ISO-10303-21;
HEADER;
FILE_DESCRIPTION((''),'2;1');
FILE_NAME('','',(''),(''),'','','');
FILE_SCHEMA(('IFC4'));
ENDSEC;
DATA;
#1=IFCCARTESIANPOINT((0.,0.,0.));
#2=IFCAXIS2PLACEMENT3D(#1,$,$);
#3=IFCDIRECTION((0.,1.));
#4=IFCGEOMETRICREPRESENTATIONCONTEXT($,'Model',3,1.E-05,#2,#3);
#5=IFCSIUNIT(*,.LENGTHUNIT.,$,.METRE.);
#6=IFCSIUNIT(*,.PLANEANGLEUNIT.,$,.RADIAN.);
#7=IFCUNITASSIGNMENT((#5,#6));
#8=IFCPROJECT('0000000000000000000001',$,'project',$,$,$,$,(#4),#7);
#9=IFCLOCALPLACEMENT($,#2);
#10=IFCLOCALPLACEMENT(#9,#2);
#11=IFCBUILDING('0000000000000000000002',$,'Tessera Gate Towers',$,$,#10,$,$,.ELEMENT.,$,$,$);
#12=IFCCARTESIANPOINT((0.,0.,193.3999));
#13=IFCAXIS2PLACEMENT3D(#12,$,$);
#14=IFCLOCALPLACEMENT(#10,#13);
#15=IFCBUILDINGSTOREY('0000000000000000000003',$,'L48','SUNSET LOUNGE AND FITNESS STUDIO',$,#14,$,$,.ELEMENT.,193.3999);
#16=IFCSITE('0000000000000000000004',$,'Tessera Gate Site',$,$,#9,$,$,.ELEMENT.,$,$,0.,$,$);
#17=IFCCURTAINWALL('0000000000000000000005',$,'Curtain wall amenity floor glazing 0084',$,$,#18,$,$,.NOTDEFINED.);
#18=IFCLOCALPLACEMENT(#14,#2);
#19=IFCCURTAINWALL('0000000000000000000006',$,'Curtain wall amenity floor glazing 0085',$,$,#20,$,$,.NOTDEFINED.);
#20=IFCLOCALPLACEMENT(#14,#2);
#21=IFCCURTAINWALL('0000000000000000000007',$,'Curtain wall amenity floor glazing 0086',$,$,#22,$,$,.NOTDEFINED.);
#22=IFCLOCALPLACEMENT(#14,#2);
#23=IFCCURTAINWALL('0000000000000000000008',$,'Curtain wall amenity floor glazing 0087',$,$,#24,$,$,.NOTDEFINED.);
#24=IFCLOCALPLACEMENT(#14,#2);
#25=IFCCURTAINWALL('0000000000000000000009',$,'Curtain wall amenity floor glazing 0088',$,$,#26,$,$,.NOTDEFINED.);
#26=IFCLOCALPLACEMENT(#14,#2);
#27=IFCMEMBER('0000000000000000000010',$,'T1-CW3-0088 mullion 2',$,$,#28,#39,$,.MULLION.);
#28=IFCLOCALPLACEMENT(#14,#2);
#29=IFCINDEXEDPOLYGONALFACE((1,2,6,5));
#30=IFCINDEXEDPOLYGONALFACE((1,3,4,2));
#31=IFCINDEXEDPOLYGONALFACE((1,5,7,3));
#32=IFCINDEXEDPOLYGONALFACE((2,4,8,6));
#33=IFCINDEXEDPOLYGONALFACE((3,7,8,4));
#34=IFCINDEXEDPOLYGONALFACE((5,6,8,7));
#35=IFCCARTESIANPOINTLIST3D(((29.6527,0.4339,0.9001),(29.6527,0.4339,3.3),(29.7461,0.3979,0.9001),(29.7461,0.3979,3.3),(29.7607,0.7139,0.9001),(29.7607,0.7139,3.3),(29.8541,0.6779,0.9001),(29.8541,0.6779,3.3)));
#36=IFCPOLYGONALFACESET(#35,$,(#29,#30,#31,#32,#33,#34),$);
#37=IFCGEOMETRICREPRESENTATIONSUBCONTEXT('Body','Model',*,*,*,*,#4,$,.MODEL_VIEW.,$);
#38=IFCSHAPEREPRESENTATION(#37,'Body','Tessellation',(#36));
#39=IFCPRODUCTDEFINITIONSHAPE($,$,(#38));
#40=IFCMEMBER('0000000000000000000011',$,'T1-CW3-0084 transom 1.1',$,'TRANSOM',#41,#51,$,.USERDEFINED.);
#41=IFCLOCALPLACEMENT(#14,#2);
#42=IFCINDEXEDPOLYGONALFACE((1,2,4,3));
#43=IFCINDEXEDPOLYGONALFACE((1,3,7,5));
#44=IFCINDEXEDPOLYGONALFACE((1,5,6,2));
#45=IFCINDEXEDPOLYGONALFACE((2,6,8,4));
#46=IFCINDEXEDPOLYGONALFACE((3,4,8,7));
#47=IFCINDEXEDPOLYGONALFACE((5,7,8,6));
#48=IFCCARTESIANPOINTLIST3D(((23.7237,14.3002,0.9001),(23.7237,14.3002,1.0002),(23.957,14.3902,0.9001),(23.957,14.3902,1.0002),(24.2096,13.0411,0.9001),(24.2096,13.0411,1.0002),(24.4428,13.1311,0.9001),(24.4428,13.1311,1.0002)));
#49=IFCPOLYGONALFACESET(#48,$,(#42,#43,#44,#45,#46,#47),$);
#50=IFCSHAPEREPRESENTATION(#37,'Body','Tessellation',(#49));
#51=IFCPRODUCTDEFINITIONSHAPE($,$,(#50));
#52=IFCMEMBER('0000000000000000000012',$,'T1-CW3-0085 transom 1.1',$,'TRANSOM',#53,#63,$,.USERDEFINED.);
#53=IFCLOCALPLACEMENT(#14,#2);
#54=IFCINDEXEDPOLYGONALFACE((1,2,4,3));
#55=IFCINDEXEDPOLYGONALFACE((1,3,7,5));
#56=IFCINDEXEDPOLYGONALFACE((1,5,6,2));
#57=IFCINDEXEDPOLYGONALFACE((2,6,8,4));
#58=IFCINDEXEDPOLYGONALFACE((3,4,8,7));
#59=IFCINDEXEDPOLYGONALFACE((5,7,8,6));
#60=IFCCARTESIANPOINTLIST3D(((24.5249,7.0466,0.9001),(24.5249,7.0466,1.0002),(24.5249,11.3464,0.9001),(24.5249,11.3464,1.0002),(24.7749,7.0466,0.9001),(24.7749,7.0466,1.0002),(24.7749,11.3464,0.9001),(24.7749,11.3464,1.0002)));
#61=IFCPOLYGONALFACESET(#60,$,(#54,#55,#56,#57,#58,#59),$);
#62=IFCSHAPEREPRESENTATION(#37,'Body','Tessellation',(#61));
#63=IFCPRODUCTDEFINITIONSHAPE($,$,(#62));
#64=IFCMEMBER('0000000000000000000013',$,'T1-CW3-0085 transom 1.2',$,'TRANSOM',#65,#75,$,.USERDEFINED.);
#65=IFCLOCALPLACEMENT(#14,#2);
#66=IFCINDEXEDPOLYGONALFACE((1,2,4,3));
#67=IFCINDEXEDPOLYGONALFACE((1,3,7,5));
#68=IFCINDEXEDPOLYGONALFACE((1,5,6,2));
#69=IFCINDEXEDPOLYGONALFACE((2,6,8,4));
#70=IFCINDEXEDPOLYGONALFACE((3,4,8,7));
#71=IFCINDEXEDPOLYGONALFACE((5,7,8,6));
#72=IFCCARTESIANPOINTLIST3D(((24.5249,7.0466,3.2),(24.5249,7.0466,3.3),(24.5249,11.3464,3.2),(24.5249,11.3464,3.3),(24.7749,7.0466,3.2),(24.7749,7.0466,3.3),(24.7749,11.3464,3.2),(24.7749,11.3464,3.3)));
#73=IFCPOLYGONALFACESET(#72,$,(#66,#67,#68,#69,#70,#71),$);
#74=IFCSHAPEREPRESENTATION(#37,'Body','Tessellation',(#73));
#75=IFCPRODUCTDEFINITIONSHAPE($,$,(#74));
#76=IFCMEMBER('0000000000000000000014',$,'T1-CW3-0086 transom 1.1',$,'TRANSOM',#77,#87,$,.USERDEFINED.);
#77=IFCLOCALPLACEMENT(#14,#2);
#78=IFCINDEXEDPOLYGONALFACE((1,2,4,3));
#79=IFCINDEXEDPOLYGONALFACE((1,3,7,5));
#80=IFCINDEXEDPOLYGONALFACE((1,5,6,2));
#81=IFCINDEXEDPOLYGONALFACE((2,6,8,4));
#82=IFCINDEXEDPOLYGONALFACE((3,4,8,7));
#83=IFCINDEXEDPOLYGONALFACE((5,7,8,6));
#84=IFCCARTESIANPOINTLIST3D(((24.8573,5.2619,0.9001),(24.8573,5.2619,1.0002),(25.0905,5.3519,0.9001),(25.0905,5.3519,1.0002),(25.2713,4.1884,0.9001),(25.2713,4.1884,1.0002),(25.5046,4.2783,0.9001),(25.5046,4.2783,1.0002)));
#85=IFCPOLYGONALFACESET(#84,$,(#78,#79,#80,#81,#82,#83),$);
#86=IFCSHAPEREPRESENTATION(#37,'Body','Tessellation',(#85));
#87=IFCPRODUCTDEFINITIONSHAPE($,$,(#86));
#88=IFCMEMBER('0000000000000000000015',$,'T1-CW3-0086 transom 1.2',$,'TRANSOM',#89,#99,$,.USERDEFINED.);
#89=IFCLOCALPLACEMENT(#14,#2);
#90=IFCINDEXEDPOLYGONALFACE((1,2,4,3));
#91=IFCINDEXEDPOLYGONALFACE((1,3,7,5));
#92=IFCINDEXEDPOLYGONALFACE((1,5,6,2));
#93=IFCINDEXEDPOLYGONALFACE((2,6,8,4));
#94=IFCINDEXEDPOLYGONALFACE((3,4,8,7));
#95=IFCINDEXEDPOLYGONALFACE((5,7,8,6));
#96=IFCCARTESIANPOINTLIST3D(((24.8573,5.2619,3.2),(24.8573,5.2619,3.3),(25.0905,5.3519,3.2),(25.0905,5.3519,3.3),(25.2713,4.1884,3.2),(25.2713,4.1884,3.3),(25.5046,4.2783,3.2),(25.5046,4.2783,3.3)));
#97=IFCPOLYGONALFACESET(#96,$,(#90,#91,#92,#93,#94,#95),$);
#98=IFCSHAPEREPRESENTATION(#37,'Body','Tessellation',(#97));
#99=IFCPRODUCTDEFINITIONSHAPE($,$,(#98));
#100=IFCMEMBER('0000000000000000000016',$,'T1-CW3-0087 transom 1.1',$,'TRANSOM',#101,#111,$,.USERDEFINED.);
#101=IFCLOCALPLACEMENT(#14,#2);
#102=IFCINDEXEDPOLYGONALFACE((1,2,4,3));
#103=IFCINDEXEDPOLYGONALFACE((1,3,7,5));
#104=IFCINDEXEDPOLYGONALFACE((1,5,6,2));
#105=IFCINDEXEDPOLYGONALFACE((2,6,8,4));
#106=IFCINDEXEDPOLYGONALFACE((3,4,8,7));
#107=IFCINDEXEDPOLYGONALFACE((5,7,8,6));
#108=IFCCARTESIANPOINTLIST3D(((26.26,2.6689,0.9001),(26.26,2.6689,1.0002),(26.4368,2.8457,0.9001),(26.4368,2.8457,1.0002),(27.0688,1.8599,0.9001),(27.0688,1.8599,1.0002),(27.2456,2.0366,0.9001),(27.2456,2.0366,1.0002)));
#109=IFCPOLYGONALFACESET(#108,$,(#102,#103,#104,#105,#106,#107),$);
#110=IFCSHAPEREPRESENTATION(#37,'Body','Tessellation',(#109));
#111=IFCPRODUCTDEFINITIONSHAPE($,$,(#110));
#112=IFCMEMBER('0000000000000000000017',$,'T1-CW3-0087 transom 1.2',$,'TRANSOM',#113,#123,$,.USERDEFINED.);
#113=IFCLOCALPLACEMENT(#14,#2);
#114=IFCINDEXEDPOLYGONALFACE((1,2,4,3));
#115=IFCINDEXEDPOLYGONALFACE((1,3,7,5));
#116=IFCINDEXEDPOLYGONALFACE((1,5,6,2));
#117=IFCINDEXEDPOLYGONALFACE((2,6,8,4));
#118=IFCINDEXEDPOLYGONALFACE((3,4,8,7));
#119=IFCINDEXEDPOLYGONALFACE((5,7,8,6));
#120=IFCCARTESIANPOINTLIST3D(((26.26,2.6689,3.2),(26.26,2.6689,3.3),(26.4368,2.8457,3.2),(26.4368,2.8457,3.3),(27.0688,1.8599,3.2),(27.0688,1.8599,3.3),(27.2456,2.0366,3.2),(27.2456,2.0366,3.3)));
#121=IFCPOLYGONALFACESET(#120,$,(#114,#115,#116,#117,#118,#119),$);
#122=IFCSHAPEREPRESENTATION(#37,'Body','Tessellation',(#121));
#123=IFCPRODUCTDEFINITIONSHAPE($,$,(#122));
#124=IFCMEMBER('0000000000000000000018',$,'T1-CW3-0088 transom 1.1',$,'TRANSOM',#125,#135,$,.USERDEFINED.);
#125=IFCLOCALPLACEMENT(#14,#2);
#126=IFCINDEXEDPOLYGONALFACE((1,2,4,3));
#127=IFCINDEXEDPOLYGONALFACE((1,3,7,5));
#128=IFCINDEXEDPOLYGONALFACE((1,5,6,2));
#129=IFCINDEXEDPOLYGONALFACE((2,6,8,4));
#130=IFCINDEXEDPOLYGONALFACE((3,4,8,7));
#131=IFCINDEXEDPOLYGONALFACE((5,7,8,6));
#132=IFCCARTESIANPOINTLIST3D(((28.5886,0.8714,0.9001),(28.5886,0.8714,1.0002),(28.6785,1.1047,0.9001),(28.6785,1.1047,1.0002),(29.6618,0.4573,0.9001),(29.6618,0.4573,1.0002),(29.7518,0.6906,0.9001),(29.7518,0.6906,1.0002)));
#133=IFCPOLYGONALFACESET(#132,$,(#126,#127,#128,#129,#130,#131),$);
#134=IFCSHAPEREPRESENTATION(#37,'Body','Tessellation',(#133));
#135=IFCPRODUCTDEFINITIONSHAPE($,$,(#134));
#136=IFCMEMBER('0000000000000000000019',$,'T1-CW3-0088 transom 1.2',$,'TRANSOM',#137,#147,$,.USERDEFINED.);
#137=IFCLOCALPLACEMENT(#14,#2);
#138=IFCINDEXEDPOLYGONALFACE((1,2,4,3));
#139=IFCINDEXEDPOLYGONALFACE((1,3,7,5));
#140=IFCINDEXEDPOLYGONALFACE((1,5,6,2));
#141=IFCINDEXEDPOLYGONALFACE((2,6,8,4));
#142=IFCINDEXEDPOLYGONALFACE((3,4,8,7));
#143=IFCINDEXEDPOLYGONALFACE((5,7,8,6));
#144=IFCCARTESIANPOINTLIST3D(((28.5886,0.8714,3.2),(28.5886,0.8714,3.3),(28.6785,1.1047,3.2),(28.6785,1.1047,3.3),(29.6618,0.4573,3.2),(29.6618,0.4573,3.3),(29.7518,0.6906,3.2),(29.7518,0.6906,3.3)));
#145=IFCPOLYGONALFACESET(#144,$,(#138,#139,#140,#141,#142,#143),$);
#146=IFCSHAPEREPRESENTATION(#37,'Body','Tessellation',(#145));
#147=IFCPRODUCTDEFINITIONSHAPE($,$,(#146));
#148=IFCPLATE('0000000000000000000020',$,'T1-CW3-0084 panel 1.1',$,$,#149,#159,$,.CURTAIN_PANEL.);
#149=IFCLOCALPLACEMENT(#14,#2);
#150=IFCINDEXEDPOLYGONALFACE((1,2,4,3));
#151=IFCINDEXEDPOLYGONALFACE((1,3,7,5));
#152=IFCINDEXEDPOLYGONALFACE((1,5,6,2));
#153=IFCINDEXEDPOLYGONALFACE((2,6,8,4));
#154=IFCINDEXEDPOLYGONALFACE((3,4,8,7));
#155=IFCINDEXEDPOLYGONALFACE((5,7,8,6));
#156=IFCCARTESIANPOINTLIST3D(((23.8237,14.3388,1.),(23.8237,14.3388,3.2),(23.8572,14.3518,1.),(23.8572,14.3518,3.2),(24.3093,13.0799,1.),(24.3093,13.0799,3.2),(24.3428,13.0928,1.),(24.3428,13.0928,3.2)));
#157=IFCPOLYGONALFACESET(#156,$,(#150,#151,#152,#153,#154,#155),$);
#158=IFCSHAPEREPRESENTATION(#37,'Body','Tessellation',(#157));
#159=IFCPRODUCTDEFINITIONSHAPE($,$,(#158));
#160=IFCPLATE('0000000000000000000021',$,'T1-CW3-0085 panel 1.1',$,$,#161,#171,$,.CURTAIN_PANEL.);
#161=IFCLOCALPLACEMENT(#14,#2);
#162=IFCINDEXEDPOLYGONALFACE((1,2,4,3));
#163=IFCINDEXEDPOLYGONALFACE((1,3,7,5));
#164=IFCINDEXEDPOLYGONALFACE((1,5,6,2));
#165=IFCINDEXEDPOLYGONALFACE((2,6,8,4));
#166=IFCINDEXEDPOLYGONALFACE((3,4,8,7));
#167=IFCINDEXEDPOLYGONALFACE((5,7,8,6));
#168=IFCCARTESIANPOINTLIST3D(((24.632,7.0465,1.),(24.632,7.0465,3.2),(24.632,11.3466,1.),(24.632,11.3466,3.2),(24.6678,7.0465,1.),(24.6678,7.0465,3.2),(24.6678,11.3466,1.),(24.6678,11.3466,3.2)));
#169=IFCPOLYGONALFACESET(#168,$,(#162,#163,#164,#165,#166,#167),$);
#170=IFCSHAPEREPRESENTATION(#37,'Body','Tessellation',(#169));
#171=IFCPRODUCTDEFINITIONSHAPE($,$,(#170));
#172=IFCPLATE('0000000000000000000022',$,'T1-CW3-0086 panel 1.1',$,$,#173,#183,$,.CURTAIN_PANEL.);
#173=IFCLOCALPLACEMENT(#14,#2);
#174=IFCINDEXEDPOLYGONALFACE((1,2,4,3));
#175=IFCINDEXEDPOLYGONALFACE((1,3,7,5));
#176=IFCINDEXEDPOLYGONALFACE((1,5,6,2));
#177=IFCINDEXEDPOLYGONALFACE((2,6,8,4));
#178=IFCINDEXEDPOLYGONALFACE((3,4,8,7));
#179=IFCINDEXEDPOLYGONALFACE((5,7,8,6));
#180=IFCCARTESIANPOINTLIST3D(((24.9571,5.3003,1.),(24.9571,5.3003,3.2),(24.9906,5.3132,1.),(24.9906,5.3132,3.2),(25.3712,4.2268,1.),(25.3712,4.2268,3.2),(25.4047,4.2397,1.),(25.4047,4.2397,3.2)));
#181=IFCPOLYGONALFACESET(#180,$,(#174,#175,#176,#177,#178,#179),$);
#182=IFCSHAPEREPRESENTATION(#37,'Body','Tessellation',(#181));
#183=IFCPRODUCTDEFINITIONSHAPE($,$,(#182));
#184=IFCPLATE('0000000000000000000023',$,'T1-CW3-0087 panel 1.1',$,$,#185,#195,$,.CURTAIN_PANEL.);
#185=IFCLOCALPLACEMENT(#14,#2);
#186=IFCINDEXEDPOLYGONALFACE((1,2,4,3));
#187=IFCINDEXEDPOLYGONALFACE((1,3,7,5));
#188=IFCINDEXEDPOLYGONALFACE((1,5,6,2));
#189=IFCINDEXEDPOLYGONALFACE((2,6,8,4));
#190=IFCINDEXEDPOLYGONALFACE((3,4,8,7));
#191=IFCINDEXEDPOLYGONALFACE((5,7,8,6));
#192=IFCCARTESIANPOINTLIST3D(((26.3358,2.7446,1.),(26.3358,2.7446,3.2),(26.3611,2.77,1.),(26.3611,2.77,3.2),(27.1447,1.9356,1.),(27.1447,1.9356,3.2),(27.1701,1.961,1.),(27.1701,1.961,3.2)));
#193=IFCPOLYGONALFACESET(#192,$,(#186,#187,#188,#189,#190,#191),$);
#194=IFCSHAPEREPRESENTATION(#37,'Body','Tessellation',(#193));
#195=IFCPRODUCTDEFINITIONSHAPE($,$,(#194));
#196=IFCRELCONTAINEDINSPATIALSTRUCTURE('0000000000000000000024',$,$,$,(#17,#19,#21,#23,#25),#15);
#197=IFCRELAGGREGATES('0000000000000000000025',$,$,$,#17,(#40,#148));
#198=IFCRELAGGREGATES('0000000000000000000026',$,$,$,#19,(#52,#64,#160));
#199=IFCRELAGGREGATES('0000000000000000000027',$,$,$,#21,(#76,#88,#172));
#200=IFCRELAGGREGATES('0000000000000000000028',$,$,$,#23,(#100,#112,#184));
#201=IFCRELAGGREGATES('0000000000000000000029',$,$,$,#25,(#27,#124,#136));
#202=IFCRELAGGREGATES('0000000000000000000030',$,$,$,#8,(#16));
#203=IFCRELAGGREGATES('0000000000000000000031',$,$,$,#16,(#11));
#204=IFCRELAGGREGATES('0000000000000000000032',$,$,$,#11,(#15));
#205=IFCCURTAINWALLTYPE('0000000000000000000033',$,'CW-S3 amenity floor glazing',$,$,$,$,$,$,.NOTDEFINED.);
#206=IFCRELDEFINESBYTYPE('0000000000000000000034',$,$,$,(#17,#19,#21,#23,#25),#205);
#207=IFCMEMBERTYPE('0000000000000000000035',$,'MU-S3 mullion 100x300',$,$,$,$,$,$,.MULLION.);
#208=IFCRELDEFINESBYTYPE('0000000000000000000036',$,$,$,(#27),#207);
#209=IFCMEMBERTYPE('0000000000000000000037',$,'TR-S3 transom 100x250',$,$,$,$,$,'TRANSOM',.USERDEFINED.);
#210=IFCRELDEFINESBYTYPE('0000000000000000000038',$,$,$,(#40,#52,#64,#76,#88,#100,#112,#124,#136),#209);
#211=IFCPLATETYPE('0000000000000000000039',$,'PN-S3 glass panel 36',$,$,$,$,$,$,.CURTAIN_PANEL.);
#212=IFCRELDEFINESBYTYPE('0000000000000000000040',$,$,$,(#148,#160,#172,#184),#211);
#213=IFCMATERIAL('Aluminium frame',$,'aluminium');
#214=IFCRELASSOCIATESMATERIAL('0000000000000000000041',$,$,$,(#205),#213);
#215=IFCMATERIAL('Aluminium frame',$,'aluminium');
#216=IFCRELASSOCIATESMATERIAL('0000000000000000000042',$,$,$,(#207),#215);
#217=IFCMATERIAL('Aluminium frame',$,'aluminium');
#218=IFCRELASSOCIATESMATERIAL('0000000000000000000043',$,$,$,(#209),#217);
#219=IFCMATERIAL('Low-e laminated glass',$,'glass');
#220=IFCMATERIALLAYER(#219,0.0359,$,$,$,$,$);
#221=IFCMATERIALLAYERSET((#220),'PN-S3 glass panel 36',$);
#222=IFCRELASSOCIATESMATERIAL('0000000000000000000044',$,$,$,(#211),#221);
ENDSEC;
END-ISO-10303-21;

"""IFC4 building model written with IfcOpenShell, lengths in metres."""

from ifc_helpers import new_model, si_unit, direction, frame, origin, origin_2d, place, context, subcontext, project, spatial, rectangle, extrude, material, layer, layer_set, material_profile, profile_set, type_object, element, aggregate, save


model = new_model("IFC4")

# Units and contexts
model_context = context("Model", 3, precision=1e-05, world=origin(), true_north=direction((0.0, 1.0)))
body_context = subcontext(model_context, "Body", "Model", "MODEL_VIEW")
ifc_project = project(units=[si_unit("LENGTHUNIT", "METRE"), si_unit("PLANEANGLEUNIT", "RADIAN")], contexts=[model_context])

# Site, building, storey
site_placement = place(None, origin())
site = spatial("IfcSite", under=ifc_project, at=site_placement, Name="Tessera Gate Site", CompositionType="ELEMENT", RefElevation=0.0)
building_placement = place(site_placement, origin())
building = spatial("IfcBuilding", under=site, at=building_placement, Name="Tessera Gate Towers", CompositionType="ELEMENT")
storey_placement = place(building_placement, frame((0.0, 0.0, 193.3999)))
storey = spatial("IfcBuildingStorey", under=building, at=storey_placement, Name="L48", Description="SUNSET LOUNGE AND FITNESS STUDIO", CompositionType="ELEMENT", Elevation=193.3999)

# Curtain wall
ifc_material_1 = material(Name="Aluminium frame", Category="aluminium")
curtain_wall_type = type_object("IfcCurtainWallType", Name="CW-S3 amenity floor glazing", PredefinedType="NOTDEFINED", material=ifc_material_1)
curtain_wall_1_placement = place(storey_placement, origin())
curtain_wall_1 = element("IfcCurtainWall", 1, at=curtain_wall_1_placement, inside=storey, type_object=curtain_wall_type, Name="Curtain wall amenity floor glazing 0084", PredefinedType="NOTDEFINED")
ifc_material_2 = material(Name="Aluminium frame", Category="aluminium")
ifc_material_profile_1 = material_profile(ifc_material_2, rectangle(XDim=0.1001, YDim=0.3, at=origin_2d()), Name="AL 100x300")
ifc_profile_set_1 = profile_set([ifc_material_profile_1], Name="Aluminium frame")
member_type_1 = type_object("IfcMemberType", Name="MU-S3 mullion 100x300", PredefinedType="MULLION", material=ifc_profile_set_1)

# Curtain walls, member
curtain_wall_2_placement = place(storey_placement, origin())
curtain_wall_2 = element("IfcCurtainWall", 2, at=curtain_wall_2_placement, inside=storey, type_object=curtain_wall_type, Name="Curtain wall amenity floor glazing 0085", PredefinedType="NOTDEFINED")
curtain_wall_3_placement = place(storey_placement, origin())
curtain_wall_3 = element("IfcCurtainWall", 3, at=curtain_wall_3_placement, inside=storey, type_object=curtain_wall_type, Name="Curtain wall amenity floor glazing 0086", PredefinedType="NOTDEFINED")
curtain_wall_4_placement = place(storey_placement, origin())
curtain_wall_4 = element("IfcCurtainWall", 4, at=curtain_wall_4_placement, inside=storey, type_object=curtain_wall_type, Name="Curtain wall amenity floor glazing 0087", PredefinedType="NOTDEFINED")
curtain_wall_5_placement = place(storey_placement, origin())
curtain_wall_5 = element("IfcCurtainWall", 5, at=curtain_wall_5_placement, inside=storey, type_object=curtain_wall_type, Name="Curtain wall amenity floor glazing 0088", PredefinedType="NOTDEFINED")
member_1_placement = place(storey_placement, frame((29.7534, 0.5559, 0.9001), z_axis=(0.0, 0.0, 1.0), x_axis=(0.932989, -0.359904, 0.0)))
member_1 = element("IfcMember", 6, at=member_1_placement, type_object=member_type_1, Name="T1-CW3-0088 mullion 2", PredefinedType="MULLION", context=body_context, shape_type="SweptSolid", body=[
    extrude(rectangle(XDim=0.1001, YDim=0.3, at=origin_2d()), origin(), (0.0, 0.0, 1.0), 2.3999),
])

# Members
ifc_material_3 = material(Name="Aluminium frame", Category="aluminium")
ifc_material_profile_2 = material_profile(ifc_material_3, rectangle(XDim=0.25, YDim=0.1001, at=origin_2d()), Name="AL 100x250")
ifc_profile_set_2 = profile_set([ifc_material_profile_2], Name="Aluminium frame")
member_type_2 = type_object("IfcMemberType", Name="TR-S3 transom 100x250", ElementType="TRANSOM", PredefinedType="USERDEFINED", material=ifc_profile_set_2)
member_2_placement = place(storey_placement, frame((23.8403, 14.3452, 0.9502), z_axis=(0.360009, -0.932949, 0.0), x_axis=(0.932949, 0.360009, 0.0)))
member_2 = element("IfcMember", 7, at=member_2_placement, type_object=member_type_2, Name="T1-CW3-0084 transom 1.1", ObjectType="TRANSOM", PredefinedType="USERDEFINED", context=body_context, shape_type="SweptSolid", body=[
    extrude(rectangle(XDim=0.25, YDim=0.1001, at=origin_2d()), origin(), (0.0, 0.0, 1.0), 1.3496),
])
member_3_placement = place(storey_placement, frame((24.6499, 11.3464, 0.9502), z_axis=(0.0, -1.0, 0.0), x_axis=(1.0, 0.0, 0.0)))
member_3 = element("IfcMember", 8, at=member_3_placement, type_object=member_type_2, Name="T1-CW3-0085 transom 1.1", ObjectType="TRANSOM", PredefinedType="USERDEFINED", context=body_context, shape_type="SweptSolid", body=[
    extrude(rectangle(XDim=0.25, YDim=0.1001, at=origin_2d()), origin(), (0.0, 0.0, 1.0), 4.2998),
])
member_4_placement = place(storey_placement, frame((24.6499, 11.3464, 3.25), z_axis=(0.0, -1.0, 0.0), x_axis=(1.0, 0.0, 0.0)))
member_4 = element("IfcMember", 9, at=member_4_placement, type_object=member_type_2, Name="T1-CW3-0085 transom 1.2", ObjectType="TRANSOM", PredefinedType="USERDEFINED", context=body_context, shape_type="SweptSolid", body=[
    extrude(rectangle(XDim=0.25, YDim=0.1001, at=origin_2d()), origin(), (0.0, 0.0, 1.0), 4.2998),
])
member_5_placement = place(storey_placement, frame((24.9739, 5.3069, 0.9502), z_axis=(0.359875, -0.933001, 0.0), x_axis=(0.933001, 0.359875, 0.0)))
member_5 = element("IfcMember", 10, at=member_5_placement, type_object=member_type_2, Name="T1-CW3-0086 transom 1.1", ObjectType="TRANSOM", PredefinedType="USERDEFINED", context=body_context, shape_type="SweptSolid", body=[
    extrude(rectangle(XDim=0.25, YDim=0.1001, at=origin_2d()), origin(), (0.0, 0.0, 1.0), 1.1506),
])
member_6_placement = place(storey_placement, frame((24.9739, 5.3069, 3.25), z_axis=(0.359875, -0.933001, 0.0), x_axis=(0.933001, 0.359875, 0.0)))
member_6 = element("IfcMember", 11, at=member_6_placement, type_object=member_type_2, Name="T1-CW3-0086 transom 1.2", ObjectType="TRANSOM", PredefinedType="USERDEFINED", context=body_context, shape_type="SweptSolid", body=[
    extrude(rectangle(XDim=0.25, YDim=0.1001, at=origin_2d()), origin(), (0.0, 0.0, 1.0), 1.1506),
])
member_7_placement = place(storey_placement, frame((26.3484, 2.7573, 0.9502), z_axis=(0.707, -0.707213, 0.0), x_axis=(0.707213, 0.707, 0.0)))
member_7 = element("IfcMember", 12, at=member_7_placement, type_object=member_type_2, Name="T1-CW3-0087 transom 1.1", ObjectType="TRANSOM", PredefinedType="USERDEFINED", context=body_context, shape_type="SweptSolid", body=[
    extrude(rectangle(XDim=0.25, YDim=0.1001, at=origin_2d()), origin(), (0.0, 0.0, 1.0), 1.144),
])
member_8_placement = place(storey_placement, frame((26.3484, 2.7573, 3.25), z_axis=(0.707, -0.707213, 0.0), x_axis=(0.707213, 0.707, 0.0)))
member_8 = element("IfcMember", 13, at=member_8_placement, type_object=member_type_2, Name="T1-CW3-0087 transom 1.2", ObjectType="TRANSOM", PredefinedType="USERDEFINED", context=body_context, shape_type="SweptSolid", body=[
    extrude(rectangle(XDim=0.25, YDim=0.1001, at=origin_2d()), origin(), (0.0, 0.0, 1.0), 1.144),
])
member_9_placement = place(storey_placement, frame((28.6335, 0.988, 0.9502), z_axis=(0.932973, -0.359946, 0.0), x_axis=(0.359946, 0.932973, 0.0)))
member_9 = element("IfcMember", 14, at=member_9_placement, type_object=member_type_2, Name="T1-CW3-0088 transom 1.1", ObjectType="TRANSOM", PredefinedType="USERDEFINED", context=body_context, shape_type="SweptSolid", body=[
    extrude(rectangle(XDim=0.25, YDim=0.1001, at=origin_2d()), origin(), (0.0, 0.0, 1.0), 1.1504),
])
member_10_placement = place(storey_placement, frame((28.6335, 0.988, 3.25), z_axis=(0.932973, -0.359946, 0.0), x_axis=(0.359946, 0.932973, 0.0)))
member_10 = element("IfcMember", 15, at=member_10_placement, type_object=member_type_2, Name="T1-CW3-0088 transom 1.2", ObjectType="TRANSOM", PredefinedType="USERDEFINED", context=body_context, shape_type="SweptSolid", body=[
    extrude(rectangle(XDim=0.25, YDim=0.1001, at=origin_2d()), origin(), (0.0, 0.0, 1.0), 1.1504),
])

# Plates
ifc_material_4 = material(Name="Low-e laminated glass", Category="glass")
ifc_layer_1 = layer(ifc_material_4, 0.0359)
ifc_layer_set_1 = layer_set([ifc_layer_1], Name="PN-S3 glass panel 36")
plate_type = type_object("IfcPlateType", Name="PN-S3 glass panel 36", PredefinedType="CURTAIN_PANEL", material=ifc_layer_set_1)
plate_1_placement = place(storey_placement, frame((24.0833, 13.7158, 1.0), z_axis=(0.0, 0.0, 1.0), x_axis=(0.359904, -0.932989, 0.0)))
plate_1 = element("IfcPlate", 16, at=plate_1_placement, type_object=plate_type, Name="T1-CW3-0084 panel 1.1", PredefinedType="CURTAIN_PANEL", context=body_context, shape_type="SweptSolid", body=[
    extrude(rectangle(XDim=1.3494, YDim=0.0359, at=origin_2d()), origin(), (0.0, 0.0, 1.0), 2.2),
])
aggregate(curtain_wall_1, [member_2, plate_1])
plate_2_placement = place(storey_placement, frame((24.6499, 9.1965, 1.0), z_axis=(0.0, 0.0, 1.0), x_axis=(0.0, -1.0, 0.0)))
plate_2 = element("IfcPlate", 17, at=plate_2_placement, type_object=plate_type, Name="T1-CW3-0085 panel 1.1", PredefinedType="CURTAIN_PANEL", context=body_context, shape_type="SweptSolid", body=[
    extrude(rectangle(XDim=4.3, YDim=0.0359, at=origin_2d()), origin(), (0.0, 0.0, 1.0), 2.2),
])
aggregate(curtain_wall_2, [member_3, member_4, plate_2])
plate_3_placement = place(storey_placement, frame((25.1809, 4.77, 1.0), z_axis=(0.0, 0.0, 1.0), x_axis=(0.359904, -0.932989, 0.0)))
plate_3 = element("IfcPlate", 18, at=plate_3_placement, type_object=plate_type, Name="T1-CW3-0086 panel 1.1", PredefinedType="CURTAIN_PANEL", context=body_context, shape_type="SweptSolid", body=[
    extrude(rectangle(XDim=1.1506, YDim=0.0359, at=origin_2d()), origin(), (0.0, 0.0, 1.0), 2.2),
])
aggregate(curtain_wall_3, [member_5, member_6, plate_3])
plate_4_placement = place(storey_placement, frame((26.7529, 2.3528, 1.0), z_axis=(0.0, 0.0, 1.0), x_axis=(0.707107, -0.707107, 0.0)))
plate_4 = element("IfcPlate", 19, at=plate_4_placement, type_object=plate_type, Name="T1-CW3-0087 panel 1.1", PredefinedType="CURTAIN_PANEL", context=body_context, shape_type="SweptSolid", body=[
    extrude(rectangle(XDim=1.144, YDim=0.0359, at=origin_2d()), origin(), (0.0, 0.0, 1.0), 2.2),
])
aggregate(curtain_wall_4, [member_7, member_8, plate_4])
aggregate(curtain_wall_5, [member_1, member_9, member_10])

save(model, "model.ifc")
